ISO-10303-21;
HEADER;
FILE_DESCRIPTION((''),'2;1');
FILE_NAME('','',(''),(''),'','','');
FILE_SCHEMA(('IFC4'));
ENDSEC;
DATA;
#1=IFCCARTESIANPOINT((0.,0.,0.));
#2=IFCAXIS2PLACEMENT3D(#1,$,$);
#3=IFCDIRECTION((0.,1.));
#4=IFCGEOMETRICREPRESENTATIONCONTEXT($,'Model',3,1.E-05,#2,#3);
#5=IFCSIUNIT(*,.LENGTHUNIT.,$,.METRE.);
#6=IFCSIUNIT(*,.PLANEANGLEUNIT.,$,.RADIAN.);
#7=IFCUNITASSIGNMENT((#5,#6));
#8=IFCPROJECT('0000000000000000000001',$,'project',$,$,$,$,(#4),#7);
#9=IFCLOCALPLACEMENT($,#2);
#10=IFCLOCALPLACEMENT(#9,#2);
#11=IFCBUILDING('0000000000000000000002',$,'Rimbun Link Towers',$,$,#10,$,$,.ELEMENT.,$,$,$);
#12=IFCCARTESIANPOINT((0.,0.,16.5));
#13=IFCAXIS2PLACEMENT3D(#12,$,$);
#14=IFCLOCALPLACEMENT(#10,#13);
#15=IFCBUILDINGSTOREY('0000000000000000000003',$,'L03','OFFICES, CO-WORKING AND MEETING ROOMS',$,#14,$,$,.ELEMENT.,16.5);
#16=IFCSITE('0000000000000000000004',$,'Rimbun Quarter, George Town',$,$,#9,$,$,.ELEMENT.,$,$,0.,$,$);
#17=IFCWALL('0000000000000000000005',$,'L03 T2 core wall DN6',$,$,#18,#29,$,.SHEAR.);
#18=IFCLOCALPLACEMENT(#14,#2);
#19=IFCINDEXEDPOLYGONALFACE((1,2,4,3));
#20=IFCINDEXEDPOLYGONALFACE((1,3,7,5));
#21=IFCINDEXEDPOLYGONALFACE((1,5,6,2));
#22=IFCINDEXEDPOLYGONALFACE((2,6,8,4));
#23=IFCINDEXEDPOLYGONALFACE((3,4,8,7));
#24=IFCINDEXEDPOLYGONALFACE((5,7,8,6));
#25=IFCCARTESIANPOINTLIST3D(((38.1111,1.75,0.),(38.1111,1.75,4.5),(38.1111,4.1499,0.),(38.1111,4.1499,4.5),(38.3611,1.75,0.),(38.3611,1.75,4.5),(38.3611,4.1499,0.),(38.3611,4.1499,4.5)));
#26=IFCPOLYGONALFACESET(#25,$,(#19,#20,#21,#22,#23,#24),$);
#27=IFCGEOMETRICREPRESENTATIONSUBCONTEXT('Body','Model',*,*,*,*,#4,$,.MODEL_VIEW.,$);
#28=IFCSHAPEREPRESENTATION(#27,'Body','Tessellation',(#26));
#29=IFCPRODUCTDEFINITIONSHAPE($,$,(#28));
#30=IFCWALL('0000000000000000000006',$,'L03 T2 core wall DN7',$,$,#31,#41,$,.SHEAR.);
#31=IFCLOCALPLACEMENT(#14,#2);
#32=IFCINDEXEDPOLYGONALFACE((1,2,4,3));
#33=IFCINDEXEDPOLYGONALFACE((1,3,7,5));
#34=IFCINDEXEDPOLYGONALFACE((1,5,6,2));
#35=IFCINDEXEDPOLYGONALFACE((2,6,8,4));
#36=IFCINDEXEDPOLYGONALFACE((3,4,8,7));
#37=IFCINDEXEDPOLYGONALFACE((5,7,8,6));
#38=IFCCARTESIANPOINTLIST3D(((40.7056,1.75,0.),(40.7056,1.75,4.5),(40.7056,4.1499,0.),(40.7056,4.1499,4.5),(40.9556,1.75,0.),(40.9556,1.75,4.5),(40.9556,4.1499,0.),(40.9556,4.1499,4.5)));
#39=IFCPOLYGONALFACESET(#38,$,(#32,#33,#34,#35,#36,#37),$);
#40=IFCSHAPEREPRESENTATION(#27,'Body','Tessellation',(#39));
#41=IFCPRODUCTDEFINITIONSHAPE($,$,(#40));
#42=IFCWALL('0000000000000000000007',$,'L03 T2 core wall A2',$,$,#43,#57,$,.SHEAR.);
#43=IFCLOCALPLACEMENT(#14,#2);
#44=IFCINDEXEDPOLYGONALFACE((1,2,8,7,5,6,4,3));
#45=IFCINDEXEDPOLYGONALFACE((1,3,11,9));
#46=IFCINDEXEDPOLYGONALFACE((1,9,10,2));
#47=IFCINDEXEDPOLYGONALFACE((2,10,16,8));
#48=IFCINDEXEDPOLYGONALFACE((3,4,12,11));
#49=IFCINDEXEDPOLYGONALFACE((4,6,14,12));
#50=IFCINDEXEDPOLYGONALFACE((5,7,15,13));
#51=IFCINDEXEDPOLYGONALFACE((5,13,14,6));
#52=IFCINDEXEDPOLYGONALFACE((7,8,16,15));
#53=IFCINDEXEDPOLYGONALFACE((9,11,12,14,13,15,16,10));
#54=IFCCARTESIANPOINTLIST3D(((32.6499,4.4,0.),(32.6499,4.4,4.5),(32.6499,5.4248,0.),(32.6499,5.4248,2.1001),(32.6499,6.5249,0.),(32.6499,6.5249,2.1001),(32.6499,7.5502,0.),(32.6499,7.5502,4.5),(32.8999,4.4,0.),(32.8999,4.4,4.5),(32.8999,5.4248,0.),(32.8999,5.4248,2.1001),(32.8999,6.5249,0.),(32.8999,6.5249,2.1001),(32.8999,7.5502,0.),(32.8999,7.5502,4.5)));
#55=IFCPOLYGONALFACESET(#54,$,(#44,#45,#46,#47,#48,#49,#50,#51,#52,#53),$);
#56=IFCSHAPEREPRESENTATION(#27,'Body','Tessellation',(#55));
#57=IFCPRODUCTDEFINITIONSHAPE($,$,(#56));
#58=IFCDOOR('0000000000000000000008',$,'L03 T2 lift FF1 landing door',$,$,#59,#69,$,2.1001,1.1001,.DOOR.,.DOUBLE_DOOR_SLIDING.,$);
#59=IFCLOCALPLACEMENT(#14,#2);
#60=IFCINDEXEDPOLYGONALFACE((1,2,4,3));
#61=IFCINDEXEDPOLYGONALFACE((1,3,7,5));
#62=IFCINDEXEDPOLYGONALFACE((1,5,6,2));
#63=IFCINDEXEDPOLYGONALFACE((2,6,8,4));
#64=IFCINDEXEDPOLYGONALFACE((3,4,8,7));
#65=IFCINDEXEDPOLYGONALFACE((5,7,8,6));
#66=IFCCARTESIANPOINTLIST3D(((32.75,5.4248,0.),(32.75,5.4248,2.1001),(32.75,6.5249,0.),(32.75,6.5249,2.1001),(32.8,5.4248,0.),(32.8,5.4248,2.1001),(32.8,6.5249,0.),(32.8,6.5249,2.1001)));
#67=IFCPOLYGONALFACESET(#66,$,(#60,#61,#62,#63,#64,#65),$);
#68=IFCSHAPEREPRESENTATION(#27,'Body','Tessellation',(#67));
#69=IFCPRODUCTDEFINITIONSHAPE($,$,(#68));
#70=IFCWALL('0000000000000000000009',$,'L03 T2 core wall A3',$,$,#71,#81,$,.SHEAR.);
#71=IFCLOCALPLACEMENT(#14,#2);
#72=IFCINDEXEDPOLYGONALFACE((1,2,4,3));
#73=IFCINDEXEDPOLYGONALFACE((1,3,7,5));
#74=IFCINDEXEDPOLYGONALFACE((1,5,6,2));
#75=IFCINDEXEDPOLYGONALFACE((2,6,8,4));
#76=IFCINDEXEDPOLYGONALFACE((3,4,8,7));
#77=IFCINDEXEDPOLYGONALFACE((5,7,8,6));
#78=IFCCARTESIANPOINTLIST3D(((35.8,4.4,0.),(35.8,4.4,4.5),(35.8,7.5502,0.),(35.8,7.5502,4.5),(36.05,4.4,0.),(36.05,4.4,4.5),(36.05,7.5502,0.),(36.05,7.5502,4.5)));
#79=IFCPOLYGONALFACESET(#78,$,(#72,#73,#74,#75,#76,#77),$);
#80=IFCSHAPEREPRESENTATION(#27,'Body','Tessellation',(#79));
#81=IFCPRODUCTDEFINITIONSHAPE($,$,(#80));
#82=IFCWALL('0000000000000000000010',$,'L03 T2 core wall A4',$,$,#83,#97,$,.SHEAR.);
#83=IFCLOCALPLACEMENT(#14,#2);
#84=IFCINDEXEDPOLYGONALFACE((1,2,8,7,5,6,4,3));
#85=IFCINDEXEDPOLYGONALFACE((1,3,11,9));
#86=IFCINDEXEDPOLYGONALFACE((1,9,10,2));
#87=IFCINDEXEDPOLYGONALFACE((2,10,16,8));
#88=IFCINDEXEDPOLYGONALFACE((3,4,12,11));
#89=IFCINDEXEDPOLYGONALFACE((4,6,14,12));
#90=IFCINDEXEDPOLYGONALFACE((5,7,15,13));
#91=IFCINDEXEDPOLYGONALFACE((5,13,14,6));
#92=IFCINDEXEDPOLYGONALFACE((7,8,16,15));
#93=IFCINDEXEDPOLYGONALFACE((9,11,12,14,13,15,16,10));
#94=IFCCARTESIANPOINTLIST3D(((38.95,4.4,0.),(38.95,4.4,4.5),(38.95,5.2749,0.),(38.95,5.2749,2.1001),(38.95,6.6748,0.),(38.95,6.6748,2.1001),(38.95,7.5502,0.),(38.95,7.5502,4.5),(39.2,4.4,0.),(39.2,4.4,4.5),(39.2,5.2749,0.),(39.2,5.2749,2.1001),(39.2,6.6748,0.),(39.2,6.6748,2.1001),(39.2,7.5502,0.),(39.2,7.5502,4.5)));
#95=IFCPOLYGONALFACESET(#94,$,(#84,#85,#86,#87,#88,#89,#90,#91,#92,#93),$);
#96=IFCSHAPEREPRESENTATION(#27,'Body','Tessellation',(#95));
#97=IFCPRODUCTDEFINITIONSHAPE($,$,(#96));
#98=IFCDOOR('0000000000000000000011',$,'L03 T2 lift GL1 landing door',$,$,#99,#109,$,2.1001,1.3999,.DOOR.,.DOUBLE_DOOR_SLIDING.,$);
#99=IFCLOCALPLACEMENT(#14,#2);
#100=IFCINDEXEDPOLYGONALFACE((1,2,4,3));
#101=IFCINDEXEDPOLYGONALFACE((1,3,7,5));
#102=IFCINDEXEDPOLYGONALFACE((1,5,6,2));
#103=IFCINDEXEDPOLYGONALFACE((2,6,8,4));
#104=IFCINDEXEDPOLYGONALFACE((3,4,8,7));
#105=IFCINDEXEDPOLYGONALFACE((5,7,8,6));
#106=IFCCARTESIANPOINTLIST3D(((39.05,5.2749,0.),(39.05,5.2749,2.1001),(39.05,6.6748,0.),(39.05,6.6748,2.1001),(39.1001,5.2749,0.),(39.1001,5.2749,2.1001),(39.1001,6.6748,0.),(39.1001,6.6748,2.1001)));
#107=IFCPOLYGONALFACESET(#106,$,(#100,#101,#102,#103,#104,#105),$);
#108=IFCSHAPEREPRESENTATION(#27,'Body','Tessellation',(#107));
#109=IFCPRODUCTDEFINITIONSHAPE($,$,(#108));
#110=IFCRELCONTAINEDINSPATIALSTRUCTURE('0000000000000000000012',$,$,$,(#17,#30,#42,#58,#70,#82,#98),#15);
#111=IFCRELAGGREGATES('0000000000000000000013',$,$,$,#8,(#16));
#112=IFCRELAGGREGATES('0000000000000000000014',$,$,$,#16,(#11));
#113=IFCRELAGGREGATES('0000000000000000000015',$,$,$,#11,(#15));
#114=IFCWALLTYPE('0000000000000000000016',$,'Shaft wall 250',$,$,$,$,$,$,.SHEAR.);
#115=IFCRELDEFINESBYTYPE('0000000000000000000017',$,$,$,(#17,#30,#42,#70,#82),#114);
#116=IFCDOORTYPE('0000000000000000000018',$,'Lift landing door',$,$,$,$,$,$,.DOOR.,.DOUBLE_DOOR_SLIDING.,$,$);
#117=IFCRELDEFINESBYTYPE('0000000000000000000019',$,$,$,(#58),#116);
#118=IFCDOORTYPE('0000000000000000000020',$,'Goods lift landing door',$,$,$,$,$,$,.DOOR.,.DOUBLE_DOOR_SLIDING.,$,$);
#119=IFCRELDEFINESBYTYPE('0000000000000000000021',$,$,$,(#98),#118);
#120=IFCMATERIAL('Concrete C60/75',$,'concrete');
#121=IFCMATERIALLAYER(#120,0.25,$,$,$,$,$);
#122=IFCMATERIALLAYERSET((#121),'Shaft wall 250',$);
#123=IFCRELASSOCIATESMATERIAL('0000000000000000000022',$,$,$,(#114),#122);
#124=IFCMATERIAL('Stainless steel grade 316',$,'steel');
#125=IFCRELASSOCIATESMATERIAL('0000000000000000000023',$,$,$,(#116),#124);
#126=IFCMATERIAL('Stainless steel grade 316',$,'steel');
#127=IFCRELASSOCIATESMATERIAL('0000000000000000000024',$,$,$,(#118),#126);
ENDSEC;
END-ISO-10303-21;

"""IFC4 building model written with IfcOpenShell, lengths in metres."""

from ifc_helpers import new_model, si_unit, direction, frame, frame_2d, origin, place, context, subcontext, project, spatial, rectangle, extrude, material, layer, layer_set, type_object, element, fill, save


model = new_model("IFC4")

# Units and contexts
model_context = context("Model", 3, precision=1e-05, world=origin(), true_north=direction((0.0, 1.0)))
body_context = subcontext(model_context, "Body", "Model", "MODEL_VIEW")
ifc_project = project(units=[si_unit("LENGTHUNIT", "METRE"), si_unit("PLANEANGLEUNIT", "RADIAN")], contexts=[model_context])

# Site, building, storey
site_placement = place(None, origin())
site = spatial("IfcSite", under=ifc_project, at=site_placement, Name="Rimbun Quarter, George Town", CompositionType="ELEMENT", RefElevation=0.0)
building_placement = place(site_placement, origin())
building = spatial("IfcBuilding", under=site, at=building_placement, Name="Rimbun Link Towers", CompositionType="ELEMENT")
storey_placement = place(building_placement, frame((0.0, 0.0, 16.5)))
storey = spatial("IfcBuildingStorey", under=building, at=storey_placement, Name="L03", Description="OFFICES, CO-WORKING AND MEETING ROOMS", CompositionType="ELEMENT", Elevation=16.5)

# Walls
ifc_material_1 = material(Name="Concrete C60/75", Category="concrete")
ifc_layer_1 = layer(ifc_material_1, 0.25)
ifc_layer_set_1 = layer_set([ifc_layer_1], Name="Shaft wall 250")
wall_type_1 = type_object("IfcWallType", Name="Shaft wall 250", PredefinedType="SHEAR", material=ifc_layer_set_1)
for number, where, z_axis, x_axis, name in (
    (1, (38.2361, 1.75, 0.0), (0.0, 0.0, 1.0), (0.0, 1.0, 0.0), "L03 T2 core wall DN6"),
    (2, (40.8306, 1.75, 0.0), (0.0, 0.0, 1.0), (0.0, 1.0, 0.0), "L03 T2 core wall DN7"),
):
    element("IfcWall", number, at=place(storey_placement, frame(where, z_axis=z_axis, x_axis=x_axis)), inside=storey, type_object=wall_type_1, Name=name, PredefinedType="SHEAR", context=body_context, shape_type="SweptSolid", body=[
        extrude(rectangle(XDim=2.3999, YDim=0.25, at=frame_2d((1.2, 0.0))), origin(), (0.0, 0.0, 1.0), 4.5),
    ])

# Wall, opening, door
wall_1_placement = place(storey_placement, frame((32.7749, 4.3999, 0.0), z_axis=(0.0, 0.0, 1.0), x_axis=(0.0, 1.0, 0.0)))
wall_1 = element("IfcWall", 3, at=wall_1_placement, inside=storey, type_object=wall_type_1, Name="L03 T2 core wall A2", PredefinedType="SHEAR", context=body_context, shape_type="SweptSolid", body=[
    extrude(rectangle(XDim=3.1501, YDim=0.25, at=frame_2d((1.5752, 0.0))), origin(), (0.0, 0.0, 1.0), 4.5),
])
opening_1_placement = place(wall_1_placement, frame((1.0249, 0.0, 0.0)))
opening_1 = element("IfcOpeningElement", 4, at=opening_1_placement, cuts=wall_1, PredefinedType="OPENING", context=body_context, shape_type="SweptSolid", body=[
    extrude(rectangle(XDim=1.1001, YDim=2.1001, at=frame_2d((0.55, 1.05))), frame((0.0, 0.135, 0.0), z_axis=(0.0, -1.0, 0.0), x_axis=(1.0, 0.0, 0.0)), (0.0, 0.0, 1.0), 0.27),
])
ifc_material_2 = material(Name="Stainless steel grade 316", Category="steel")
door_type_1 = type_object("IfcDoorType", Name="Lift landing door", OperationType="DOUBLE_DOOR_SLIDING", PredefinedType="DOOR", material=ifc_material_2)
door_1_placement = place(opening_1_placement, origin())
door_1 = element("IfcDoor", 5, at=door_1_placement, inside=storey, type_object=door_type_1, Name="L03 T2 lift FF1 landing door", OperationType="DOUBLE_DOOR_SLIDING", OverallHeight=2.1001, OverallWidth=1.1001, PredefinedType="DOOR", context=body_context, shape_type="SweptSolid", body=[
    extrude(rectangle(XDim=1.1001, YDim=2.1001, at=frame_2d((0.55, 1.05))), frame((0.0, 0.0249, 0.0), z_axis=(0.0, -1.0, 0.0), x_axis=(1.0, 0.0, 0.0)), (0.0, 0.0, 1.0), 0.05),
])
fill(opening_1, door_1)

# Wall
wall_2_placement = place(storey_placement, frame((35.925, 4.3999, 0.0), z_axis=(0.0, 0.0, 1.0), x_axis=(0.0, 1.0, 0.0)))
element("IfcWall", 6, at=wall_2_placement, inside=storey, type_object=wall_type_1, Name="L03 T2 core wall A3", PredefinedType="SHEAR", context=body_context, shape_type="SweptSolid", body=[
    extrude(rectangle(XDim=3.1501, YDim=0.25, at=frame_2d((1.5752, 0.0))), origin(), (0.0, 0.0, 1.0), 4.5),
])

# Wall, opening, door
wall_3_placement = place(storey_placement, frame((39.075, 4.3999, 0.0), z_axis=(0.0, 0.0, 1.0), x_axis=(0.0, 1.0, 0.0)))
wall_3 = element("IfcWall", 7, at=wall_3_placement, inside=storey, type_object=wall_type_1, Name="L03 T2 core wall A4", PredefinedType="SHEAR", context=body_context, shape_type="SweptSolid", body=[
    extrude(rectangle(XDim=3.1501, YDim=0.25, at=frame_2d((1.5752, 0.0))), origin(), (0.0, 0.0, 1.0), 4.5),
])
opening_2_placement = place(wall_3_placement, frame((0.875, 0.0, 0.0)))
opening_2 = element("IfcOpeningElement", 8, at=opening_2_placement, cuts=wall_3, PredefinedType="OPENING", context=body_context, shape_type="SweptSolid", body=[
    extrude(rectangle(XDim=1.3999, YDim=2.1001, at=frame_2d((0.7, 1.05))), frame((0.0, 0.135, 0.0), z_axis=(0.0, -1.0, 0.0), x_axis=(1.0, 0.0, 0.0)), (0.0, 0.0, 1.0), 0.27),
])
ifc_material_3 = material(Name="Stainless steel grade 316", Category="steel")
door_type_2 = type_object("IfcDoorType", Name="Goods lift landing door", OperationType="DOUBLE_DOOR_SLIDING", PredefinedType="DOOR", material=ifc_material_3)
door_2_placement = place(opening_2_placement, origin())
door_2 = element("IfcDoor", 9, at=door_2_placement, inside=storey, type_object=door_type_2, Name="L03 T2 lift GL1 landing door", OperationType="DOUBLE_DOOR_SLIDING", OverallHeight=2.1001, OverallWidth=1.3999, PredefinedType="DOOR", context=body_context, shape_type="SweptSolid", body=[
    extrude(rectangle(XDim=1.3999, YDim=2.1001, at=frame_2d((0.7, 1.05))), frame((0.0, 0.0249, 0.0), z_axis=(0.0, -1.0, 0.0), x_axis=(1.0, 0.0, 0.0)), (0.0, 0.0, 1.0), 0.05),
])
fill(opening_2, door_2)

save(model, "model.ifc")
